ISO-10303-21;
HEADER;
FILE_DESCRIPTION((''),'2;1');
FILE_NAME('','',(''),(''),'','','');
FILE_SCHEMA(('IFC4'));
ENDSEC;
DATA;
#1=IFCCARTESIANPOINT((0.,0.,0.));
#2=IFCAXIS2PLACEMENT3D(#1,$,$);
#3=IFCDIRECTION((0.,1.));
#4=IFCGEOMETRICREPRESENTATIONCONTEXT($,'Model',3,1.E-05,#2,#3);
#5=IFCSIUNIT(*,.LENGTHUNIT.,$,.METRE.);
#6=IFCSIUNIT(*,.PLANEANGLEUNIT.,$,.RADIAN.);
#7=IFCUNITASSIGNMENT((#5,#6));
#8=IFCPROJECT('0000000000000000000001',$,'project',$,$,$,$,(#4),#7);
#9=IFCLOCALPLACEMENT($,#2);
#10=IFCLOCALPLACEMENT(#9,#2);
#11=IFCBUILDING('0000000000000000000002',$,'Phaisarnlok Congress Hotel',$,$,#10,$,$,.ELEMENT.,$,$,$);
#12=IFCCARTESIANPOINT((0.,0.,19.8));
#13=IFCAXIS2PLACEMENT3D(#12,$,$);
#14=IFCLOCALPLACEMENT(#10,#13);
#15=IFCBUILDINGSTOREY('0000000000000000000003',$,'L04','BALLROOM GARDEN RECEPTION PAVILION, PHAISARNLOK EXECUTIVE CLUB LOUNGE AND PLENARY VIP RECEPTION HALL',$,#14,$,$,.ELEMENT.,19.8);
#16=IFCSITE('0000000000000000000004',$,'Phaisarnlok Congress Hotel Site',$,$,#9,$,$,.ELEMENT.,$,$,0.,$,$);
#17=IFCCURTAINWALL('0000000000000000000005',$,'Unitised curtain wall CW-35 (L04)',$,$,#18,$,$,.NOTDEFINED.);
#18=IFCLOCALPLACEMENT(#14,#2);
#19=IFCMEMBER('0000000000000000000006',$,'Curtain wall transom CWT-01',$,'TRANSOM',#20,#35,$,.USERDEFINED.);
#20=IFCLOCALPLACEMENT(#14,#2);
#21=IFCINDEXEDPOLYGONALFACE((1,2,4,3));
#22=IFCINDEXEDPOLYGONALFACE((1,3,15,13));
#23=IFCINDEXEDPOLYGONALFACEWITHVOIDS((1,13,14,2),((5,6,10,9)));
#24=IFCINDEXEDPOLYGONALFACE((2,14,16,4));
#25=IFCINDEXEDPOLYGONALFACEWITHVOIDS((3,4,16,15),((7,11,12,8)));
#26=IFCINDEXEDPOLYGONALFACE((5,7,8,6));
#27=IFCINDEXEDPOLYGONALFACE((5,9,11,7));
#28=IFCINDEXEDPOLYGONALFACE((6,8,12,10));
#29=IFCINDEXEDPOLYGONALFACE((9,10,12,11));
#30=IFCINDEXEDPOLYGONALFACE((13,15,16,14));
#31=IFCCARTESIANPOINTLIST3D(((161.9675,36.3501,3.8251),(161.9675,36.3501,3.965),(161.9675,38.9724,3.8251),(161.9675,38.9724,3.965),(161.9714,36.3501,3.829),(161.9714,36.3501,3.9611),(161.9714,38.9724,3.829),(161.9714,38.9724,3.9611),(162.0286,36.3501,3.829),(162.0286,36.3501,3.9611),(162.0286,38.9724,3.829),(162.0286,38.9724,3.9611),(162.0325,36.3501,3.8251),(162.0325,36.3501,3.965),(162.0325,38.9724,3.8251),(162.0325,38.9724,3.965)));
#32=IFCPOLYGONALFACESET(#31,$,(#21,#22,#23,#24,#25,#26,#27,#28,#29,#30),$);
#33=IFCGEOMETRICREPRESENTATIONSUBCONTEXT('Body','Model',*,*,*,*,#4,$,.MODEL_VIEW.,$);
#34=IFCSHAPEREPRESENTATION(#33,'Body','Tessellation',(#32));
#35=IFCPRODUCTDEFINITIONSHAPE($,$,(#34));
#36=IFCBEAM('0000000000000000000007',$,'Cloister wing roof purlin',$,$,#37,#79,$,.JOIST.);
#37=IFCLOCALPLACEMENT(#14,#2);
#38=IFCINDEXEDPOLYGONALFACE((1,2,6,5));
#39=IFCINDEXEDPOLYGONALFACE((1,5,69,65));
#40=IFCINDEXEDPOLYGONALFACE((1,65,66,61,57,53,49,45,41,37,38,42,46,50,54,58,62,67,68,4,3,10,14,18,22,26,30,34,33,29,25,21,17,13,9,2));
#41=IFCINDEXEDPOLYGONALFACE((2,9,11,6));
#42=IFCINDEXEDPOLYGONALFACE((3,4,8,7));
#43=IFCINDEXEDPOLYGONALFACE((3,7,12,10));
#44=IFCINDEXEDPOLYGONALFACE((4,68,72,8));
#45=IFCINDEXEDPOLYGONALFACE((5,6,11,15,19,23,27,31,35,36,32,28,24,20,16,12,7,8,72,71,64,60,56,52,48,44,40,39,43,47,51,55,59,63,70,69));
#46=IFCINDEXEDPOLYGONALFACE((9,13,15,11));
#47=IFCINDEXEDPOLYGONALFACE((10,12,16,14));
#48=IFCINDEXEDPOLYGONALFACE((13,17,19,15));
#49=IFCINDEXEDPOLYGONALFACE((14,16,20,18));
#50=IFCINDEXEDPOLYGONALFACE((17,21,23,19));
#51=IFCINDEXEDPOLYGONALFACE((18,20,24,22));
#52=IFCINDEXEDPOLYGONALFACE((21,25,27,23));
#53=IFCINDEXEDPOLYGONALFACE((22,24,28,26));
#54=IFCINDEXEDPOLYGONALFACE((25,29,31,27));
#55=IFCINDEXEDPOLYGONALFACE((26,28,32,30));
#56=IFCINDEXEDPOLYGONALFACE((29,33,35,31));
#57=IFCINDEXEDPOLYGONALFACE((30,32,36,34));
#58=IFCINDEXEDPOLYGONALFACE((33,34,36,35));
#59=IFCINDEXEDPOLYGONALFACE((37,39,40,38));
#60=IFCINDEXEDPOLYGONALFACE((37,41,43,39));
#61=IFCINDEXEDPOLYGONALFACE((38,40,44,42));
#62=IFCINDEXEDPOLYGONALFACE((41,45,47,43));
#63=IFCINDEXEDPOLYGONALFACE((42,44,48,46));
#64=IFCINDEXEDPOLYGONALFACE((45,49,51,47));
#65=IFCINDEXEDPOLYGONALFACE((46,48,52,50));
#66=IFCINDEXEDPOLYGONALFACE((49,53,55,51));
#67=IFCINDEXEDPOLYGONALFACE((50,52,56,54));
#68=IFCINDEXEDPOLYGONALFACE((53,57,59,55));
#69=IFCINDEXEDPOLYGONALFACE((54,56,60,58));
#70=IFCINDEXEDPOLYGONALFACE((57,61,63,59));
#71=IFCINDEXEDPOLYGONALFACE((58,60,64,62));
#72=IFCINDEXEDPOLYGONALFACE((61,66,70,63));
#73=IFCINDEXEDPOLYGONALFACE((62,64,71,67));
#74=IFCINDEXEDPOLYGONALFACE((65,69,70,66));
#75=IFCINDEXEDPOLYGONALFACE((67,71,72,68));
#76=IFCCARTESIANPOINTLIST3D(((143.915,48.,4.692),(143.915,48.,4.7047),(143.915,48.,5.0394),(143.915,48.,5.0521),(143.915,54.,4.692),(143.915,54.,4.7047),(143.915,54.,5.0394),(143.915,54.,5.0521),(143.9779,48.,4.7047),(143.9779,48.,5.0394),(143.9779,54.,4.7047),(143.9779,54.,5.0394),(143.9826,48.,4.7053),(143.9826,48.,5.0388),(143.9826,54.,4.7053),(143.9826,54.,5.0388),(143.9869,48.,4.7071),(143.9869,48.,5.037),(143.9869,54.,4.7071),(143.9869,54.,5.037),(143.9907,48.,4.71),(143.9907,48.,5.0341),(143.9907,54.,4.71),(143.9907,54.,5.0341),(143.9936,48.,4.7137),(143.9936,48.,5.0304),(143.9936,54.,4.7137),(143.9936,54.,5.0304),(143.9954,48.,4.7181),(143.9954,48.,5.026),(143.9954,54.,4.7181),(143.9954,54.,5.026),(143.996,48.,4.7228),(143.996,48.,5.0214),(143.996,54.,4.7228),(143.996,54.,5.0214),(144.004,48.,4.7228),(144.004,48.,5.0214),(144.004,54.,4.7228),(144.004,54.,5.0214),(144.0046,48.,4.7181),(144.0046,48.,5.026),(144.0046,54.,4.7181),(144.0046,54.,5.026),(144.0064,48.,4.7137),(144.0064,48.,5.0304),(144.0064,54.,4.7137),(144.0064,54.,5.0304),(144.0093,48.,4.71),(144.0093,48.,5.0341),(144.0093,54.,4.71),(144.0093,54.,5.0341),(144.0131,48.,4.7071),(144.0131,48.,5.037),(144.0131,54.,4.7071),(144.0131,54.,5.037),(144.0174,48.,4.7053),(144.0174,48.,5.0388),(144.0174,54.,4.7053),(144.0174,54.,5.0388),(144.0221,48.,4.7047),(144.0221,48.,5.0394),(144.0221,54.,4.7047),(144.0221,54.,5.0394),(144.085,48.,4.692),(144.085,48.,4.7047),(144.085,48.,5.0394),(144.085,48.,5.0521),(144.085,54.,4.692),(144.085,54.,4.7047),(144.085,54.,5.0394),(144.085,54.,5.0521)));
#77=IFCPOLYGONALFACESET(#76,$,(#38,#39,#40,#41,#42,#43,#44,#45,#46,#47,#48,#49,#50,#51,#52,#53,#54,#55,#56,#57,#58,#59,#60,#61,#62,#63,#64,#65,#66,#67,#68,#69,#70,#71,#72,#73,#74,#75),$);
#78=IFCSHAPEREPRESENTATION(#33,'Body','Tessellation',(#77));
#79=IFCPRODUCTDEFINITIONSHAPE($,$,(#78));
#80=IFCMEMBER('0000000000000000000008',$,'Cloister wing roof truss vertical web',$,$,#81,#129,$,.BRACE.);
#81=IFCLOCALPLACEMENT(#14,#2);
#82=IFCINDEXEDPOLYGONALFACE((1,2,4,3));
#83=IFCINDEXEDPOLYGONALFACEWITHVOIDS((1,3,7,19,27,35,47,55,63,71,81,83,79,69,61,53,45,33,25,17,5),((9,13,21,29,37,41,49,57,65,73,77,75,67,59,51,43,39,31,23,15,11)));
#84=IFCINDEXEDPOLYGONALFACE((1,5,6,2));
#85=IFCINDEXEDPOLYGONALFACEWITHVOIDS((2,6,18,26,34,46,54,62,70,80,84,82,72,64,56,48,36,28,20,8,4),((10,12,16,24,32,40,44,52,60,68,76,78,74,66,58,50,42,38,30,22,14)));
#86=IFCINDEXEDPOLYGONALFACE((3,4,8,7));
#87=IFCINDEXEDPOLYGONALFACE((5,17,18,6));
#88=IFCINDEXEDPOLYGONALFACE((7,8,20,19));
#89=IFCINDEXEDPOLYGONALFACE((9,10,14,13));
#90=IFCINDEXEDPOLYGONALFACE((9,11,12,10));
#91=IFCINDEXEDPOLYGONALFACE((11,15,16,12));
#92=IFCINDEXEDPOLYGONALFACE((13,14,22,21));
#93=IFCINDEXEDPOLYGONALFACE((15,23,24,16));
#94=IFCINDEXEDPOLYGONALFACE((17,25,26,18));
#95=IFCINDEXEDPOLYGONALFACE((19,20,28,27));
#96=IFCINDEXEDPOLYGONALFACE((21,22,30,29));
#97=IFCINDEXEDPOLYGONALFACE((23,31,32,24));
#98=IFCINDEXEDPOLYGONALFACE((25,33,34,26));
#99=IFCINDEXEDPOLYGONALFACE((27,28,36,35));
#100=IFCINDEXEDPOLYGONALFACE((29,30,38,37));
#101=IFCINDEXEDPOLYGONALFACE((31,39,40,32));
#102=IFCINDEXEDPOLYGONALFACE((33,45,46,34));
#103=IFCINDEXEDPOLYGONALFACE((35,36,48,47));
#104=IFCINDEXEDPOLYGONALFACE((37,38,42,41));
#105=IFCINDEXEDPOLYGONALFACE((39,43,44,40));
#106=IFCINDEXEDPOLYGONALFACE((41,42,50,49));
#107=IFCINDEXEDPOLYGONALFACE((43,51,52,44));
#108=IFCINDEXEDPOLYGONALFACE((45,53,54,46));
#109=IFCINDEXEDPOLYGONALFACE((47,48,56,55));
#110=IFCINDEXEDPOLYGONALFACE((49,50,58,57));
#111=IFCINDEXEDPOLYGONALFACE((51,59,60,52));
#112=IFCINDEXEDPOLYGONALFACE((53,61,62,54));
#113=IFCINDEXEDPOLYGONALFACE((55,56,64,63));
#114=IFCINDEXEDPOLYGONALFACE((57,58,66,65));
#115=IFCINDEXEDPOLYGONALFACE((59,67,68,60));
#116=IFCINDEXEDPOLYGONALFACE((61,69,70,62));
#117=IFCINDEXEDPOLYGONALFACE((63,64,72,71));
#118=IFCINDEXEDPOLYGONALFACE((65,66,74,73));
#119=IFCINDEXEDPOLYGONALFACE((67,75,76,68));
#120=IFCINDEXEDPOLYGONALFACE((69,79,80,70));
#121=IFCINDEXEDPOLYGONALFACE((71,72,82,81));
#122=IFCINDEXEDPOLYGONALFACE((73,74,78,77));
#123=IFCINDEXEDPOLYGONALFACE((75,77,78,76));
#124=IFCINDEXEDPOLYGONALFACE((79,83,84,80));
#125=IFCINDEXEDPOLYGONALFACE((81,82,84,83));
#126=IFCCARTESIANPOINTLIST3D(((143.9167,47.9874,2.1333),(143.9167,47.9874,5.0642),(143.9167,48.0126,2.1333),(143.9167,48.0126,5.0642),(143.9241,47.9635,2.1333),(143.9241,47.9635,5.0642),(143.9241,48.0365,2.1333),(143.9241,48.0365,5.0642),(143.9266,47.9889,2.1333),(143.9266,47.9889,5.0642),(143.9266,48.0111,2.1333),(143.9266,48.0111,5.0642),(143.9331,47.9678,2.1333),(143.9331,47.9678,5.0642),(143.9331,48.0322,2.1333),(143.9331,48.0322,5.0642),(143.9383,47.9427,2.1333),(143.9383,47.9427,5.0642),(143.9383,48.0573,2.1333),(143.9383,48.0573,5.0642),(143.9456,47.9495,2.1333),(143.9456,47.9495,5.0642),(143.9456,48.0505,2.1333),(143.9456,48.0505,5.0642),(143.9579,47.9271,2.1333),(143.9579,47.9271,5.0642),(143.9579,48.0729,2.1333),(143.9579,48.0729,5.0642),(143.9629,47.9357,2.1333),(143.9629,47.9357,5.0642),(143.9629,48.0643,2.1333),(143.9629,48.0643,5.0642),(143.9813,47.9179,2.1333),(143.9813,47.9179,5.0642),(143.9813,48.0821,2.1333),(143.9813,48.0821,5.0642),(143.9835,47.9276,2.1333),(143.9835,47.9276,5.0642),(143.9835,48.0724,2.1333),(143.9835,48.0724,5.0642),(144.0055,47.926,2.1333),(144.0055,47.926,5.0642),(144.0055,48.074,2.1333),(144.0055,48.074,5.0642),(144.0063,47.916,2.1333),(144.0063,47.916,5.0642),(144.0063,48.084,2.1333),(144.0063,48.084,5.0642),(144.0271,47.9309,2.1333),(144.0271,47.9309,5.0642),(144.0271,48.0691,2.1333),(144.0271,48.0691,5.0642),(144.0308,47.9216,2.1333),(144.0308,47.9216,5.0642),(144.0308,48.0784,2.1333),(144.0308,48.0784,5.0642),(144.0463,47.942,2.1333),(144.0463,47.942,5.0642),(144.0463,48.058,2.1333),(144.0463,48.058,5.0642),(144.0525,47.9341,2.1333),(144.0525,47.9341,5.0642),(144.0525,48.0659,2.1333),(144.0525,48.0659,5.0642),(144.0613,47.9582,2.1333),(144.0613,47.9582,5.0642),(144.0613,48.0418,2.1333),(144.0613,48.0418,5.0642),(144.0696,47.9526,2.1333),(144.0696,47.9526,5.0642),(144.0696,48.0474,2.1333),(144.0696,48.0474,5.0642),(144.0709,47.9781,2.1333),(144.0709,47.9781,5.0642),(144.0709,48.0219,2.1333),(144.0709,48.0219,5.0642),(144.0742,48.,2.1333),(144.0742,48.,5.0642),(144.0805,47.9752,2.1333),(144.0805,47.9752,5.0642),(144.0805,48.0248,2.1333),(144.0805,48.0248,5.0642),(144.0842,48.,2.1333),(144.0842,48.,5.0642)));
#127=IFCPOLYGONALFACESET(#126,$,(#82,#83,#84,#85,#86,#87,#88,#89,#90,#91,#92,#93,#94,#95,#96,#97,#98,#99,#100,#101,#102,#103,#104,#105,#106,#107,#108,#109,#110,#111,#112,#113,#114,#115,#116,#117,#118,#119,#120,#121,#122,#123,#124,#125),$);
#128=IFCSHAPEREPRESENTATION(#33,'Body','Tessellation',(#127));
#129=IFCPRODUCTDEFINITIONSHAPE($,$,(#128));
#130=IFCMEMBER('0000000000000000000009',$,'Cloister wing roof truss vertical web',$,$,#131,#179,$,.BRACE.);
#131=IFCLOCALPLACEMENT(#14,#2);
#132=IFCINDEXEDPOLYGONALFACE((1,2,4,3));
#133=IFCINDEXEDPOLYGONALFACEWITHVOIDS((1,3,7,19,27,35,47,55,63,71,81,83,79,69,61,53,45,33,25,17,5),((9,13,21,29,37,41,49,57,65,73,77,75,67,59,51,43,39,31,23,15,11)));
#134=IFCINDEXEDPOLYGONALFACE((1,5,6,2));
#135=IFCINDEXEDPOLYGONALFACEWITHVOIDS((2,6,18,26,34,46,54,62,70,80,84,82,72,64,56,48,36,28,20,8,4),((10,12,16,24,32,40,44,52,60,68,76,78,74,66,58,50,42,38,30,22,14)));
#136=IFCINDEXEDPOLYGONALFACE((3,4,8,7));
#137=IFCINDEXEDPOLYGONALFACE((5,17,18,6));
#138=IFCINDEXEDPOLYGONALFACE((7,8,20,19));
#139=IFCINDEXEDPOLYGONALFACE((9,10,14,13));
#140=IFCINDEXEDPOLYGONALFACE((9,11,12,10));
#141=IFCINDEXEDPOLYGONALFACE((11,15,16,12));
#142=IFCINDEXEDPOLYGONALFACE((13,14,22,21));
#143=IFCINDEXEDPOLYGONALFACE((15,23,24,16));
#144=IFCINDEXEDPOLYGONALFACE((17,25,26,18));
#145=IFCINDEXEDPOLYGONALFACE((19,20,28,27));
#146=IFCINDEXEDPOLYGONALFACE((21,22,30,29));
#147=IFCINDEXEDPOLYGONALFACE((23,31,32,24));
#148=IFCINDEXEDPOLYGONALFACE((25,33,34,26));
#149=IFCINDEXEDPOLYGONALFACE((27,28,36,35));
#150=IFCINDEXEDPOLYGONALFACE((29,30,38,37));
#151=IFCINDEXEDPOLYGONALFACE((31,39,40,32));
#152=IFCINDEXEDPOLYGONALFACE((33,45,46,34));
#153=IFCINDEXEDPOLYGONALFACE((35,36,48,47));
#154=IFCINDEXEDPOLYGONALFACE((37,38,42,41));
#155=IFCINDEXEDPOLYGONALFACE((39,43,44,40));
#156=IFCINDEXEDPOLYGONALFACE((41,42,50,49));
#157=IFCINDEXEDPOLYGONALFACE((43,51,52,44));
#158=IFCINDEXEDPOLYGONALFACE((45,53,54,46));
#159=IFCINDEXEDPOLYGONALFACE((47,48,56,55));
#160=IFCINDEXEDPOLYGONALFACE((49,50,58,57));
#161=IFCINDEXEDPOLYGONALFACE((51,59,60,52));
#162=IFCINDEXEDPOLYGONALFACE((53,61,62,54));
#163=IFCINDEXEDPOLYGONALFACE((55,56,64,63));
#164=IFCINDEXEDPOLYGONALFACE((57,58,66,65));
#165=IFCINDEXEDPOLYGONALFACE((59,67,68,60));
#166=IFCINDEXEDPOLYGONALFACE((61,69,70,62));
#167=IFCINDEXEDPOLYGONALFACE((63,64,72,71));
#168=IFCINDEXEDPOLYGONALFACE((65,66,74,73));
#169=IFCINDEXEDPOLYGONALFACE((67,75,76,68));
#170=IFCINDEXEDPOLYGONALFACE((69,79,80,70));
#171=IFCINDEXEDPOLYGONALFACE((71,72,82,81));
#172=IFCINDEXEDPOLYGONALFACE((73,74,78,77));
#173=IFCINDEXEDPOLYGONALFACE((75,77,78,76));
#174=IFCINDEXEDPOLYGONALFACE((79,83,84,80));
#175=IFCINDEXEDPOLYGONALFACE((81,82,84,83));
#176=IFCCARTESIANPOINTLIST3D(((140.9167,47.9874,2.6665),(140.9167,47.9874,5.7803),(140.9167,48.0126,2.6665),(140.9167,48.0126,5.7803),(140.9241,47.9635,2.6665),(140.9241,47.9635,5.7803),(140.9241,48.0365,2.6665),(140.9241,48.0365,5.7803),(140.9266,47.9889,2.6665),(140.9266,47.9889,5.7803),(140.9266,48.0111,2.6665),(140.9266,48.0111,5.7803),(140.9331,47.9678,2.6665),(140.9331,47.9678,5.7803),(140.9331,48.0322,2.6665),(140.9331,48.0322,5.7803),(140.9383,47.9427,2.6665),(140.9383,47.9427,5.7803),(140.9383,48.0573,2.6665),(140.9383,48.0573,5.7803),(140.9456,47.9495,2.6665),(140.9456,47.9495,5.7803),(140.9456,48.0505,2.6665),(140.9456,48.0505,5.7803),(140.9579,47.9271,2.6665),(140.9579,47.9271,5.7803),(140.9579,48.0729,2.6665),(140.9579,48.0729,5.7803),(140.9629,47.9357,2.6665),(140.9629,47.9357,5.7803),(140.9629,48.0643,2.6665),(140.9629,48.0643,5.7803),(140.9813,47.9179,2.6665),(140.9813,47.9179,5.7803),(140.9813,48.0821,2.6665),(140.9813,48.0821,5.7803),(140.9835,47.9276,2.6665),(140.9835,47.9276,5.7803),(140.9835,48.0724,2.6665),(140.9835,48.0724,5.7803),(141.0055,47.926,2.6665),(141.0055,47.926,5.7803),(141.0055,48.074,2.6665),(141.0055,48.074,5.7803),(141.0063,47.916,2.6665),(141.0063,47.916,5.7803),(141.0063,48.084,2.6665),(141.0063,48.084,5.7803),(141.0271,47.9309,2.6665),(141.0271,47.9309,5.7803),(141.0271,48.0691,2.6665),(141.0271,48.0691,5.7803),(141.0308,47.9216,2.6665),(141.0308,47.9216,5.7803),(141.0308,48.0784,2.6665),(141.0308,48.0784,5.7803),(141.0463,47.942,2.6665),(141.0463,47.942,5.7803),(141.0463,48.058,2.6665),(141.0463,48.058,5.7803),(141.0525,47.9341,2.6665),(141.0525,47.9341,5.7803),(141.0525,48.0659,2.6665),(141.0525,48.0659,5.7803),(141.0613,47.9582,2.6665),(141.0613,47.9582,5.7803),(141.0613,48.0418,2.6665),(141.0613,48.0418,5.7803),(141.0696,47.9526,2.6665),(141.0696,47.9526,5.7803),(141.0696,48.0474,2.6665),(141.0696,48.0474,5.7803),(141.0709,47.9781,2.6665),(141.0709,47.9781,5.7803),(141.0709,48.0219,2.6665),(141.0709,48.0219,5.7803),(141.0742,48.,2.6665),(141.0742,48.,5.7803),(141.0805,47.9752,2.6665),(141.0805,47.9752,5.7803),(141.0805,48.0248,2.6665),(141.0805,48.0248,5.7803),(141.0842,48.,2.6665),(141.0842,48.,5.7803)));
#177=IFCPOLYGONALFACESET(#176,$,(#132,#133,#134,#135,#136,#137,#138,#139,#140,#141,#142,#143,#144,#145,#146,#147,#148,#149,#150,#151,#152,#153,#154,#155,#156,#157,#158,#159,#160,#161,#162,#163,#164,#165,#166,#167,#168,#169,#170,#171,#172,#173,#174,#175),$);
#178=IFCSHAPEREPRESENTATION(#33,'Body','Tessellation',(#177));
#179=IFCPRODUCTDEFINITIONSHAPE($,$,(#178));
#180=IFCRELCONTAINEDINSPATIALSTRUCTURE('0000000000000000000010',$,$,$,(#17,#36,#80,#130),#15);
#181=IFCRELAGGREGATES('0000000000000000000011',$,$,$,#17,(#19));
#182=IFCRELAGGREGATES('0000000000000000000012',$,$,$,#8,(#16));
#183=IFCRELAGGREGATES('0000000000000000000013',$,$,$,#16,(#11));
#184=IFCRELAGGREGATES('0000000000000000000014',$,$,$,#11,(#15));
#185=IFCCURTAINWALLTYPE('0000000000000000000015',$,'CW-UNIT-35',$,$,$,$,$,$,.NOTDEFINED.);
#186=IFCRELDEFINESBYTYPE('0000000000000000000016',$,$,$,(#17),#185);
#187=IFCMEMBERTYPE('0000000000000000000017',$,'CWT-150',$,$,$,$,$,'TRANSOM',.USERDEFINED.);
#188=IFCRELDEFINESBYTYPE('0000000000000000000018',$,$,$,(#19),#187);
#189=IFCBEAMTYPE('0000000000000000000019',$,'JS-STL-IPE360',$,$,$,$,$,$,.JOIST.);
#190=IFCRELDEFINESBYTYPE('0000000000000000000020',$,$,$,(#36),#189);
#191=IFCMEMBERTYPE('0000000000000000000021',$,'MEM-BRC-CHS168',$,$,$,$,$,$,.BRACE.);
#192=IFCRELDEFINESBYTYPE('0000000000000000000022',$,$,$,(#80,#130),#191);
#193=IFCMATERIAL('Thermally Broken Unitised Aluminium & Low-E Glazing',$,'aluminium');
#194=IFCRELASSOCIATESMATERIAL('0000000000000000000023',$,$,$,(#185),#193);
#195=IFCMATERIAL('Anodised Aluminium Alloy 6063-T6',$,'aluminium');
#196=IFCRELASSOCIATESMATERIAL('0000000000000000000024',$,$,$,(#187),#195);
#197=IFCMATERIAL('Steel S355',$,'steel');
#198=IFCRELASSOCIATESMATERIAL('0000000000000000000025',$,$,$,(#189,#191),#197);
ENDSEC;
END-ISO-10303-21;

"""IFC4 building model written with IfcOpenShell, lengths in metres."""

from ifc_helpers import new_model, si_unit, direction, frame, origin, origin_2d, place, context, subcontext, project, spatial, hollow_rectangle, hollow_circle, i_section, extrude, material, material_profile, profile_set, type_object, element, aggregate, save


model = new_model("IFC4")

# Units and contexts
model_context = context("Model", 3, precision=1e-05, world=origin(), true_north=direction((0.0, 1.0)))
body_context = subcontext(model_context, "Body", "Model", "MODEL_VIEW")
ifc_project = project(units=[si_unit("LENGTHUNIT", "METRE"), si_unit("PLANEANGLEUNIT", "RADIAN")], contexts=[model_context])

# Site, building, storey
site_placement = place(None, origin())
site = spatial("IfcSite", under=ifc_project, at=site_placement, Name="Phaisarnlok Congress Hotel Site", CompositionType="ELEMENT", RefElevation=0.0)
building_placement = place(site_placement, origin())
building = spatial("IfcBuilding", under=site, at=building_placement, Name="Phaisarnlok Congress Hotel", CompositionType="ELEMENT")
storey_placement = place(building_placement, frame((0.0, 0.0, 19.8)))
storey = spatial("IfcBuildingStorey", under=building, at=storey_placement, Name="L04", Description="BALLROOM GARDEN RECEPTION PAVILION, PHAISARNLOK EXECUTIVE CLUB LOUNGE AND PLENARY VIP RECEPTION HALL", CompositionType="ELEMENT", Elevation=19.8)

# Shared definitions
ifc_material_1 = material(Name="Steel S355", Category="steel")

# Curtain wall, member
ifc_material_2 = material(Name="Thermally Broken Unitised Aluminium & Low-E Glazing", Category="aluminium")
curtain_wall_type = type_object("IfcCurtainWallType", Name="CW-UNIT-35", PredefinedType="NOTDEFINED", material=ifc_material_2)
curtain_wall_placement = place(storey_placement, origin())
curtain_wall = element("IfcCurtainWall", 1, at=curtain_wall_placement, inside=storey, type_object=curtain_wall_type, Name="Unitised curtain wall CW-35 (L04)", PredefinedType="NOTDEFINED")
ifc_material_3 = material(Name="Anodised Aluminium Alloy 6063-T6", Category="aluminium")
ifc_material_profile_1 = material_profile(ifc_material_3, hollow_rectangle(XDim=0.0649, YDim=0.1399, WallThickness=0.0039, at=origin_2d()), Name="ALU-T 65x140x4")
ifc_profile_set_1 = profile_set([ifc_material_profile_1], Name="Anodised Aluminium Alloy 6063-T6")
member_type_1 = type_object("IfcMemberType", Name="CWT-150", ElementType="TRANSOM", PredefinedType="USERDEFINED", material=ifc_profile_set_1)
member_1_placement = place(storey_placement, frame((162.0, 38.9724, 3.895), z_axis=(0.0, -1.0, 0.0), x_axis=(1.0, 0.0, 0.0)))
member_1 = element("IfcMember", 2, at=member_1_placement, type_object=member_type_1, Name="Curtain wall transom CWT-01", ObjectType="TRANSOM", PredefinedType="USERDEFINED", context=body_context, shape_type="SweptSolid", body=[
    extrude(hollow_rectangle(XDim=0.0649, YDim=0.1399, WallThickness=0.0039, at=origin_2d()), origin(), (0.0, 0.0, 1.0), 2.6223),
])

# Beam
ifc_material_profile_2 = material_profile(ifc_material_1, i_section(OverallWidth=0.1699, OverallDepth=0.3601, WebThickness=0.0081, FlangeThickness=0.0127, FilletRadius=0.0181, at=origin_2d()), Name="IPE 360")
ifc_profile_set_2 = profile_set([ifc_material_profile_2], Name="Steel S355")
beam_type = type_object("IfcBeamType", Name="JS-STL-IPE360", PredefinedType="JOIST", material=ifc_profile_set_2)
beam_placement = place(storey_placement, frame((144.0, 48.0, 4.8721), z_axis=(0.0, 1.0, 0.0), x_axis=(-1.0, 0.0, 0.0)))
element("IfcBeam", 3, at=beam_placement, inside=storey, type_object=beam_type, Name="Cloister wing roof purlin", PredefinedType="JOIST", context=body_context, shape_type="SweptSolid", body=[
    extrude(i_section(OverallWidth=0.1699, OverallDepth=0.3601, WebThickness=0.0081, FlangeThickness=0.0127, FilletRadius=0.0181, at=origin_2d()), origin(), (0.0, 0.0, 1.0), 6.0),
])

# Members
ifc_material_profile_3 = material_profile(ifc_material_1, hollow_circle(Radius=0.0842, WallThickness=0.01, at=origin_2d()), Name="CHS 168.3x10")
ifc_profile_set_3 = profile_set([ifc_material_profile_3], Name="Steel S355")
member_type_2 = type_object("IfcMemberType", Name="MEM-BRC-CHS168", PredefinedType="BRACE", material=ifc_profile_set_3)
member_2_placement = place(storey_placement, frame((144.0, 48.0, 2.1333), z_axis=(0.0, 0.0, 1.0), x_axis=(1.0, 0.0, 0.0)))
element("IfcMember", 4, at=member_2_placement, inside=storey, type_object=member_type_2, Name="Cloister wing roof truss vertical web", PredefinedType="BRACE", context=body_context, shape_type="SweptSolid", body=[
    extrude(hollow_circle(Radius=0.0842, WallThickness=0.01, at=origin_2d()), origin(), (0.0, 0.0, 1.0), 2.9309),
])
member_3_placement = place(storey_placement, frame((141.0, 48.0, 2.6665), z_axis=(0.0, 0.0, 1.0), x_axis=(1.0, 0.0, 0.0)))
element("IfcMember", 5, at=member_3_placement, inside=storey, type_object=member_type_2, Name="Cloister wing roof truss vertical web", PredefinedType="BRACE", context=body_context, shape_type="SweptSolid", body=[
    extrude(hollow_circle(Radius=0.0842, WallThickness=0.01, at=origin_2d()), origin(), (0.0, 0.0, 1.0), 3.1138),
])

aggregate(curtain_wall, [member_1])

save(model, "model.ifc")
